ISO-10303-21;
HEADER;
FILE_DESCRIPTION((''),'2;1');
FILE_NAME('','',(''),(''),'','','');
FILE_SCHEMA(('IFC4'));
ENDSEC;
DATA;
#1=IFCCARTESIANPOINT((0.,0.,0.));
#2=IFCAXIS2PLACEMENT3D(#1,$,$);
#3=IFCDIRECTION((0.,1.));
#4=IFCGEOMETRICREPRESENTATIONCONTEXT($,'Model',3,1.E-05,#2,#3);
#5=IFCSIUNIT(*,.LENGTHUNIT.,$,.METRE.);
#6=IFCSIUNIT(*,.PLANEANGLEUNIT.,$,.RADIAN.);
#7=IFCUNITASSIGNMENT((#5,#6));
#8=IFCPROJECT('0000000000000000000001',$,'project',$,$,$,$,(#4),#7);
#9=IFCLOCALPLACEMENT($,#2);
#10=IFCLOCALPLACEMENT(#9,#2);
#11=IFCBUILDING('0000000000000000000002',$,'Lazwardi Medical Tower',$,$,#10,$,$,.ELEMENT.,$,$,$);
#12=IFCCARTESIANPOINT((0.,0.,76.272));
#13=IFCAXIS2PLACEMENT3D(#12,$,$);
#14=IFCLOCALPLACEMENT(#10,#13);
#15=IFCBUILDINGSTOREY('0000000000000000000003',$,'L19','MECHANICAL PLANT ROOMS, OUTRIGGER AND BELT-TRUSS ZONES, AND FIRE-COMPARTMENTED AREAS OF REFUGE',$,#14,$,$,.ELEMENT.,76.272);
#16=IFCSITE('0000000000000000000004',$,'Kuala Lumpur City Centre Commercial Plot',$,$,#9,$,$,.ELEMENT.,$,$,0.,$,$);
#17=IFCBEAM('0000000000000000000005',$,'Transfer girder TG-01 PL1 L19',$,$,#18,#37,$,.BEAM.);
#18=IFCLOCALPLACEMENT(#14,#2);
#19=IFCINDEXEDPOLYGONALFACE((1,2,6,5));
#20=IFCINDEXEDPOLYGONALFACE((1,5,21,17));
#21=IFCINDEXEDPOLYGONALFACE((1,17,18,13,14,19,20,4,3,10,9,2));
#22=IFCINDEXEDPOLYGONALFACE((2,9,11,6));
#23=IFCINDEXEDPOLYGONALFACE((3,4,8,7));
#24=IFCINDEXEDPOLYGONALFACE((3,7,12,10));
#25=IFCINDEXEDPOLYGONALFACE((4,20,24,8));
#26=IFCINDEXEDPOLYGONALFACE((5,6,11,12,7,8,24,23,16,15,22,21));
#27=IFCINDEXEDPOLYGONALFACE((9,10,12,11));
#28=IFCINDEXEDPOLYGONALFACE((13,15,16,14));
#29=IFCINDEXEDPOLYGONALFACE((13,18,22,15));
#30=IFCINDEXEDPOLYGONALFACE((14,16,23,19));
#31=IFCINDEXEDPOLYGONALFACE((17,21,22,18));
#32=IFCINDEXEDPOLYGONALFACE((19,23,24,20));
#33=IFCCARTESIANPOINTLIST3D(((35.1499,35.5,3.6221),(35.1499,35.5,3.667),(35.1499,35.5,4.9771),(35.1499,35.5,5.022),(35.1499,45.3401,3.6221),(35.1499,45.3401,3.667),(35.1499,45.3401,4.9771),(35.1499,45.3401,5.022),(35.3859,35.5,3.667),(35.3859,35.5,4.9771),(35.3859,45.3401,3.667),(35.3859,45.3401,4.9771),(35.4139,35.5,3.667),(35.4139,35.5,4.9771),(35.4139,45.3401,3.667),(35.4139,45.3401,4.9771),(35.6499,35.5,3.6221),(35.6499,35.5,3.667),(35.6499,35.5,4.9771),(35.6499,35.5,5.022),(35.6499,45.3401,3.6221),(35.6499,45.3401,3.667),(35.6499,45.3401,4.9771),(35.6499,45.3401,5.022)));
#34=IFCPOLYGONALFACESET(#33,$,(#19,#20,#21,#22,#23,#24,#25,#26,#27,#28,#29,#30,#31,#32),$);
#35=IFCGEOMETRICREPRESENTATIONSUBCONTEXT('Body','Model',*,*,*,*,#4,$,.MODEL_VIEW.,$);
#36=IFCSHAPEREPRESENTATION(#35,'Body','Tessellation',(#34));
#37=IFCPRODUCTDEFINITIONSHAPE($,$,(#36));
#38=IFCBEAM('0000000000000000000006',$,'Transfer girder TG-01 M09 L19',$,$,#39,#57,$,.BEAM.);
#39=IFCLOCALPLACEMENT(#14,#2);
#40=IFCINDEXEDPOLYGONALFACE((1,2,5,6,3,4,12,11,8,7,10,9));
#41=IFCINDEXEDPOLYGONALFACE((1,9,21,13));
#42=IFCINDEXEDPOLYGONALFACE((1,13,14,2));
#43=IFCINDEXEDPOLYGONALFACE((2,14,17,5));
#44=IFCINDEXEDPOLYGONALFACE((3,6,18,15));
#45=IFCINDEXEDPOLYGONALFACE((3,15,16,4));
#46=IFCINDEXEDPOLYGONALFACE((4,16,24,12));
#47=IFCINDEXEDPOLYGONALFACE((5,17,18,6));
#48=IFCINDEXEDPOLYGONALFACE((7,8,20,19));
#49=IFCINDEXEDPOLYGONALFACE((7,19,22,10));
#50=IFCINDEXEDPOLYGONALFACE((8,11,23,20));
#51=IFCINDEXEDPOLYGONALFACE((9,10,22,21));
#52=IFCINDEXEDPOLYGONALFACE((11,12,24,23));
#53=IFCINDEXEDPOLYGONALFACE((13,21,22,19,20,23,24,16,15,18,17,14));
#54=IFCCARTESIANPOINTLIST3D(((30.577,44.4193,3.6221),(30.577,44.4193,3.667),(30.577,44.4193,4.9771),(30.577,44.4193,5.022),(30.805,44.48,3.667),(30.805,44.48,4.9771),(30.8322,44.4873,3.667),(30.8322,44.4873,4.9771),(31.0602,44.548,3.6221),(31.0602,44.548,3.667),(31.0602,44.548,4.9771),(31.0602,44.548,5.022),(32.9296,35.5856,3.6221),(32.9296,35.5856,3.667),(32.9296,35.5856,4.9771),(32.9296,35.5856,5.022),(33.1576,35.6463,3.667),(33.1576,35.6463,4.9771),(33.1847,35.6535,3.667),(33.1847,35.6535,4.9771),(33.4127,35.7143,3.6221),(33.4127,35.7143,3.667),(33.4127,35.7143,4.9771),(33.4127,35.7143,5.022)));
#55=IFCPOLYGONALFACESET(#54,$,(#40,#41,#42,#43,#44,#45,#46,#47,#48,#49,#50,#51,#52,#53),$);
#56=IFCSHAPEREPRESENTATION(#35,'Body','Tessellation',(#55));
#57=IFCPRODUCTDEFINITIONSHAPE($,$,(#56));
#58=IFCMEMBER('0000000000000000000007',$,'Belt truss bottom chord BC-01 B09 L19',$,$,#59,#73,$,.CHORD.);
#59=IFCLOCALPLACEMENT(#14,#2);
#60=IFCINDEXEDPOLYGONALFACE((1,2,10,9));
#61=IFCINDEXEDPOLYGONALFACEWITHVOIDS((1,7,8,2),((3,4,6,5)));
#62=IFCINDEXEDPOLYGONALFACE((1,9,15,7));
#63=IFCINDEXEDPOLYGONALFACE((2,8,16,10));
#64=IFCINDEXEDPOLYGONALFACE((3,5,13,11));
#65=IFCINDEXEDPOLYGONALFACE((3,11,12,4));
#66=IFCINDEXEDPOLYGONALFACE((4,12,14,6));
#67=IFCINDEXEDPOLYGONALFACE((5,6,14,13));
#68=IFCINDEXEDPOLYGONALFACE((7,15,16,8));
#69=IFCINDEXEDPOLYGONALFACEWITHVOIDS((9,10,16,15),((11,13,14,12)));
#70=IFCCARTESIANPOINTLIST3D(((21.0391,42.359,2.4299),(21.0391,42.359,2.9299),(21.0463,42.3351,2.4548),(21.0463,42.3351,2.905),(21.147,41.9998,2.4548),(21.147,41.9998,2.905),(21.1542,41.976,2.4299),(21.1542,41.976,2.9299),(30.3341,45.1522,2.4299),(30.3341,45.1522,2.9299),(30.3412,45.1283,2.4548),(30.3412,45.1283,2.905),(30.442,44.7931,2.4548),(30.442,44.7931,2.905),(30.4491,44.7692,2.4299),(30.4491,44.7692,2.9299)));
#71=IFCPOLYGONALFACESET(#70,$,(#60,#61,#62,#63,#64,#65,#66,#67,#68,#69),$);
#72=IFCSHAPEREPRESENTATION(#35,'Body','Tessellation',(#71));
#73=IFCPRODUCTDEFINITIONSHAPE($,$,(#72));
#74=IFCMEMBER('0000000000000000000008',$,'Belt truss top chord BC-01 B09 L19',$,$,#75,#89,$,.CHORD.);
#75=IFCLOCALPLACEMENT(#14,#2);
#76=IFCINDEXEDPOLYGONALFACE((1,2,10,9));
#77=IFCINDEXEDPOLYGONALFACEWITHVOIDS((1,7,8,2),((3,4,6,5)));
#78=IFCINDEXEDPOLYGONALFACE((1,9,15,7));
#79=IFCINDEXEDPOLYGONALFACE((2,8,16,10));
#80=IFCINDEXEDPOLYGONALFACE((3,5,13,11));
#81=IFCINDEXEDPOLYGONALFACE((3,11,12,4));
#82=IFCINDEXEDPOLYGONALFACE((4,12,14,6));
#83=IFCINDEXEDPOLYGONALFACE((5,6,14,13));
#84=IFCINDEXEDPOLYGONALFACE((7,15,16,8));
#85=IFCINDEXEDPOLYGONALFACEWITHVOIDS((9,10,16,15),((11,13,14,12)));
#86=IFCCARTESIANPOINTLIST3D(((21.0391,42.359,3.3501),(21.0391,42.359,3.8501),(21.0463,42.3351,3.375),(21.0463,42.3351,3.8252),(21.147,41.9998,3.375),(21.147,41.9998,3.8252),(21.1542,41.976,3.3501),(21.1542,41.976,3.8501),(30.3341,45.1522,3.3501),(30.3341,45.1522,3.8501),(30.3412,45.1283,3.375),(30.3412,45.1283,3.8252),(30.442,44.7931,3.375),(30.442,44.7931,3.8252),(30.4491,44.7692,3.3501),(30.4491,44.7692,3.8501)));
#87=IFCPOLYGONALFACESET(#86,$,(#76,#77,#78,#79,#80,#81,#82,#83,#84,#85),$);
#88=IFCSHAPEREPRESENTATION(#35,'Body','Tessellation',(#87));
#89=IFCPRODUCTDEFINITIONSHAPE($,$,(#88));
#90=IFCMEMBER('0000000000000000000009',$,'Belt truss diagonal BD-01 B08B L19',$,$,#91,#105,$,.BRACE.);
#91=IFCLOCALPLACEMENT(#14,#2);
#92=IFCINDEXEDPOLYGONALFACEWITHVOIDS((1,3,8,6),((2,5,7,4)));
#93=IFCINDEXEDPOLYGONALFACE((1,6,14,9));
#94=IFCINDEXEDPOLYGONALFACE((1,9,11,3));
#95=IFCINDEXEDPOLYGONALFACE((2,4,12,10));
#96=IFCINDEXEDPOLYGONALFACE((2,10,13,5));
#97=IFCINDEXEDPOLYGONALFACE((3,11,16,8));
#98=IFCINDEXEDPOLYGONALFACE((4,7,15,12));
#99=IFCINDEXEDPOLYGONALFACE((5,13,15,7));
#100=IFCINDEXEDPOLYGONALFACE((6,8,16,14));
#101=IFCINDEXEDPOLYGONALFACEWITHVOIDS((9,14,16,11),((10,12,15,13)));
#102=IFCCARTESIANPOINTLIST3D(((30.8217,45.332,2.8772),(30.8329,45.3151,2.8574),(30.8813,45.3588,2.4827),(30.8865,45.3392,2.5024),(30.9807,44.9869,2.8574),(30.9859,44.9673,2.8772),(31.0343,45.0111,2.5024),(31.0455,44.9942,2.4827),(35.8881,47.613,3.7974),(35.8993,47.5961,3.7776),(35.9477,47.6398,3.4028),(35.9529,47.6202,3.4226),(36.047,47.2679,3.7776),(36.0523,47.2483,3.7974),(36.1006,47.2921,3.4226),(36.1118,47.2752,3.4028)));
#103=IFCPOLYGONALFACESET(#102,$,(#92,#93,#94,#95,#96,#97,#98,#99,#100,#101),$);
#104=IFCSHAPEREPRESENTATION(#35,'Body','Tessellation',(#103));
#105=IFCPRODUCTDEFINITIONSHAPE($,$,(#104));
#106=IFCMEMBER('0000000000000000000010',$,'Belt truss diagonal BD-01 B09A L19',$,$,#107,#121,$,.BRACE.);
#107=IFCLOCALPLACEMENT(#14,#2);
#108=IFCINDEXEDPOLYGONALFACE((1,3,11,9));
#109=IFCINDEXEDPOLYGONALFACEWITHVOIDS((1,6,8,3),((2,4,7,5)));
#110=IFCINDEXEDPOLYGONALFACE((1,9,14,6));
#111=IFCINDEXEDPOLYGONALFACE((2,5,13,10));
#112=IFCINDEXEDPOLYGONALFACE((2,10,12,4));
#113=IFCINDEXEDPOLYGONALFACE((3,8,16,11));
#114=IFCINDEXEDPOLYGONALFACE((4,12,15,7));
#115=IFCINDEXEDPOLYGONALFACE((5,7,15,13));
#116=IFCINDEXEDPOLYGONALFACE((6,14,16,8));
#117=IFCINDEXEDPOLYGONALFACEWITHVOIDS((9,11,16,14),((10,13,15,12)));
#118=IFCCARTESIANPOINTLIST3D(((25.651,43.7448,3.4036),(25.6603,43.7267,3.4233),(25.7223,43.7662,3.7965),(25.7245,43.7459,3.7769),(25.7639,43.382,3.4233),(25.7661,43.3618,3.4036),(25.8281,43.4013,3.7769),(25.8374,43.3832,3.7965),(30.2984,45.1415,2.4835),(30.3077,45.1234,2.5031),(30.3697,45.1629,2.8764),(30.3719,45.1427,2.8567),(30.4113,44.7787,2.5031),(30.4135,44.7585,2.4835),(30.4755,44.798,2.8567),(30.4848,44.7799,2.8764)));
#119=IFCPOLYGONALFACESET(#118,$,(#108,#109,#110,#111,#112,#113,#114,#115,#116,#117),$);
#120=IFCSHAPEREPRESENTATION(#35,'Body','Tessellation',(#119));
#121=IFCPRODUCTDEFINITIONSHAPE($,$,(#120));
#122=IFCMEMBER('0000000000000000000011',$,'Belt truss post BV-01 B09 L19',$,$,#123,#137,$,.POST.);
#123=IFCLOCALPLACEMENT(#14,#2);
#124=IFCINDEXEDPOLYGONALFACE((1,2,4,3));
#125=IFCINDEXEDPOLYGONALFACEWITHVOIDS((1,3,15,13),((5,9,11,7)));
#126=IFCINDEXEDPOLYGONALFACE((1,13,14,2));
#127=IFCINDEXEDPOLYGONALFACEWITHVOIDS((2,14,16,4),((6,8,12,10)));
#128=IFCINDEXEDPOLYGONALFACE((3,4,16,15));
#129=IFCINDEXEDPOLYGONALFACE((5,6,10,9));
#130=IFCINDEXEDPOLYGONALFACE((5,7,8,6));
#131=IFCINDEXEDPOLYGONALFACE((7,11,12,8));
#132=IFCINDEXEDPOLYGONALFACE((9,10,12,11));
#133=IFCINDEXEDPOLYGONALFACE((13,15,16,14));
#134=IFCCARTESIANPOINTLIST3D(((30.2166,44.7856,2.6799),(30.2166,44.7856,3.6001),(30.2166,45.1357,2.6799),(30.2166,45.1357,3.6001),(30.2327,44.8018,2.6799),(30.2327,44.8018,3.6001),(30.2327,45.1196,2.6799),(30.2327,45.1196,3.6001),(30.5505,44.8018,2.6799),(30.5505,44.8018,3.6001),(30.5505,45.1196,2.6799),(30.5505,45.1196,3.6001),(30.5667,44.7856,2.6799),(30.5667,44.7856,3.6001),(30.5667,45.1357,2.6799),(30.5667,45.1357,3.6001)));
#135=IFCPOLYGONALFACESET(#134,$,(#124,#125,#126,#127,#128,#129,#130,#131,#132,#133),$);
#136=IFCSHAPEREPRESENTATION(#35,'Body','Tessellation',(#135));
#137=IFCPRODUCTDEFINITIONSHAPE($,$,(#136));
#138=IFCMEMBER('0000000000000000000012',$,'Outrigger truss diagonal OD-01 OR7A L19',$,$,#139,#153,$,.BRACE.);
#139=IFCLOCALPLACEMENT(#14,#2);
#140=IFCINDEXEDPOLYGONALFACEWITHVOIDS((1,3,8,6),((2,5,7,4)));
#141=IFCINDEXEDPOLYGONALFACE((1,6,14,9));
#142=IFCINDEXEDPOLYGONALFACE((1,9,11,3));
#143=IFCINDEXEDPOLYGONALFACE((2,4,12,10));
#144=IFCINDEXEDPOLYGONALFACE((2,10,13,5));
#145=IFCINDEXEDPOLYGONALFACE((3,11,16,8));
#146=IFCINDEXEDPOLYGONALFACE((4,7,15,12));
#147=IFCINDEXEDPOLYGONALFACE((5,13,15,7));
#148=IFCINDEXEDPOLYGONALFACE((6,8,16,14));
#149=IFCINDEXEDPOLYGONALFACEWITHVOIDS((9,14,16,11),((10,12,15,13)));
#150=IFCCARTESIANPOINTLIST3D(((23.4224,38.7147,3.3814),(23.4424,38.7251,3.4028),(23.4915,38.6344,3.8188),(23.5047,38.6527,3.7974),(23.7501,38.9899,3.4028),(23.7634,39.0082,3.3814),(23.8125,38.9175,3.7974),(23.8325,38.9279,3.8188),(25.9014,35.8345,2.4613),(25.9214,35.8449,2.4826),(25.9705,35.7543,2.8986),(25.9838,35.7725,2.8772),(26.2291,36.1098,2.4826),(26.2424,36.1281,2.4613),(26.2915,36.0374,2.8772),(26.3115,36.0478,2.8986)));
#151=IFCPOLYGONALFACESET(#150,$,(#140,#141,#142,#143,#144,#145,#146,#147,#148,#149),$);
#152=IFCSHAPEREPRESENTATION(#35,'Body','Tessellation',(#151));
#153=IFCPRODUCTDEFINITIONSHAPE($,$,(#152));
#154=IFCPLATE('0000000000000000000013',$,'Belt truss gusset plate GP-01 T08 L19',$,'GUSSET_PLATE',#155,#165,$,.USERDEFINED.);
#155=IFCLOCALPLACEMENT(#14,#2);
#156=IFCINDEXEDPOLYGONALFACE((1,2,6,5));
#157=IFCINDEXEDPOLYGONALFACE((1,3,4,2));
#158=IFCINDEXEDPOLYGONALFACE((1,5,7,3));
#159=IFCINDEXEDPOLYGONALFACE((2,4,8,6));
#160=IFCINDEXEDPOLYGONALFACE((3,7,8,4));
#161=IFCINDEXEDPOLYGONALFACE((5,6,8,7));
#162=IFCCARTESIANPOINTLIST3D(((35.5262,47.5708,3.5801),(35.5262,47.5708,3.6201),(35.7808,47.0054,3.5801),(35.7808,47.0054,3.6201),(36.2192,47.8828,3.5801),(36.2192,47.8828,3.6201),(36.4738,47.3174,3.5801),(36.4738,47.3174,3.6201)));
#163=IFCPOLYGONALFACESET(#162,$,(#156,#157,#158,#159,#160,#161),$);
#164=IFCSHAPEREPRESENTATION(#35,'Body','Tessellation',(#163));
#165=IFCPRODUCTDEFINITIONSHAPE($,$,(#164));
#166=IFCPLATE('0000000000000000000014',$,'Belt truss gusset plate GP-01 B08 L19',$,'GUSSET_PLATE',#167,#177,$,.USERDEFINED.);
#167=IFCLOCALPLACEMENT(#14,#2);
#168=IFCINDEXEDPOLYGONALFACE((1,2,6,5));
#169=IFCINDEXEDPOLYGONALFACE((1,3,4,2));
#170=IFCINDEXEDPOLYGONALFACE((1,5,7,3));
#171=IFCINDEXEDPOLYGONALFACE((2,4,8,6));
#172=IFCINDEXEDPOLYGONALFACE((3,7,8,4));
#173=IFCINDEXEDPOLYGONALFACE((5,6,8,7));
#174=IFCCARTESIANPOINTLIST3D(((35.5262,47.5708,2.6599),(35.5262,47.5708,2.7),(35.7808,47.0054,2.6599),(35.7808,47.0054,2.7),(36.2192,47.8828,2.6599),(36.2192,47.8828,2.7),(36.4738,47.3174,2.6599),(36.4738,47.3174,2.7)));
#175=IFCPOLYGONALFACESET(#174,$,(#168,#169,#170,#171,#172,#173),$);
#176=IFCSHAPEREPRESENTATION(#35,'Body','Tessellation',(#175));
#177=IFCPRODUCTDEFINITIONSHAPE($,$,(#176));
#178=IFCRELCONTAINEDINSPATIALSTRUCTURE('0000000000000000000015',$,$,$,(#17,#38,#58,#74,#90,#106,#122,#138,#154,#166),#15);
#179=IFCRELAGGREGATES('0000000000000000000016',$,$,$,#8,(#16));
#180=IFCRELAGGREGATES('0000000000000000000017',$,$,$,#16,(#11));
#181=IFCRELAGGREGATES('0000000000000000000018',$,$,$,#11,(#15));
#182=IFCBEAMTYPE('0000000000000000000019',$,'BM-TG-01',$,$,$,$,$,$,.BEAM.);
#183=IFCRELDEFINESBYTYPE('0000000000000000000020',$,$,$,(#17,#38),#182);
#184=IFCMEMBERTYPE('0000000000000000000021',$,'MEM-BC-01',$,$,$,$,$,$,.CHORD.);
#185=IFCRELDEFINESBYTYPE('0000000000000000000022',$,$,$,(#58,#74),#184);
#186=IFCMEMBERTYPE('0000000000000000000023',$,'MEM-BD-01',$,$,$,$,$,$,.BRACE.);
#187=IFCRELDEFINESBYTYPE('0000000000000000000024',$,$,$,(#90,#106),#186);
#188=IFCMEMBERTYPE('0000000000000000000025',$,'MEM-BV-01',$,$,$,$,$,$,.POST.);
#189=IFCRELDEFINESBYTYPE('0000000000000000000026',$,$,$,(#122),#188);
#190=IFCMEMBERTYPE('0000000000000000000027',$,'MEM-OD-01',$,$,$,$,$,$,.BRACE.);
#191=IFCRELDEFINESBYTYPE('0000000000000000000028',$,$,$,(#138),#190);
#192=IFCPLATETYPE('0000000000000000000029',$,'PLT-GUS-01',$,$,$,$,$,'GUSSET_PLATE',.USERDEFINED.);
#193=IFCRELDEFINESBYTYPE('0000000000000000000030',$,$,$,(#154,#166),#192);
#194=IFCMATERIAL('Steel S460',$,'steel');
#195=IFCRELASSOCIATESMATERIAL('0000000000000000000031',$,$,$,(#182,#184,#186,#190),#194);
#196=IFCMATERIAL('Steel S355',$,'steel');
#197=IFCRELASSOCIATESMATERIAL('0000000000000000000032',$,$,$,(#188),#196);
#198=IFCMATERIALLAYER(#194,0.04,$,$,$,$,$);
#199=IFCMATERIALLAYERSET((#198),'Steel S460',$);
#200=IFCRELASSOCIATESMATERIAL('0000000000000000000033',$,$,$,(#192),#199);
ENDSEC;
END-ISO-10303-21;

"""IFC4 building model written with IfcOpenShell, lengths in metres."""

from ifc_helpers import new_model, si_unit, direction, frame, origin, origin_2d, place, context, subcontext, project, spatial, rectangle, hollow_rectangle, i_section, extrude, material, layer, layer_set, material_profile, profile_set, type_object, element, save


model = new_model("IFC4")

# Units and contexts
model_context = context("Model", 3, precision=1e-05, world=origin(), true_north=direction((0.0, 1.0)))
body_context = subcontext(model_context, "Body", "Model", "MODEL_VIEW")
ifc_project = project(units=[si_unit("LENGTHUNIT", "METRE"), si_unit("PLANEANGLEUNIT", "RADIAN")], contexts=[model_context])

# Site, building, storey
site_placement = place(None, origin())
site = spatial("IfcSite", under=ifc_project, at=site_placement, Name="Kuala Lumpur City Centre Commercial Plot", CompositionType="ELEMENT", RefElevation=0.0)
building_placement = place(site_placement, origin())
building = spatial("IfcBuilding", under=site, at=building_placement, Name="Lazwardi Medical Tower", CompositionType="ELEMENT")
storey_placement = place(building_placement, frame((0.0, 0.0, 76.272)))
storey = spatial("IfcBuildingStorey", under=building, at=storey_placement, Name="L19", Description="MECHANICAL PLANT ROOMS, OUTRIGGER AND BELT-TRUSS ZONES, AND FIRE-COMPARTMENTED AREAS OF REFUGE", CompositionType="ELEMENT", Elevation=76.272)

# Beams
ifc_material_1 = material(Name="Steel S355", Category="steel")
ifc_material_2 = material(Name="Steel S460", Category="steel")
ifc_material_profile_1 = material_profile(ifc_material_2, i_section(OverallWidth=0.5, OverallDepth=1.3999, WebThickness=0.0281, FlangeThickness=0.0449, at=origin_2d()), Name="PG 1400x500")
ifc_profile_set_1 = profile_set([ifc_material_profile_1], Name="Steel S460")
beam_type_1 = type_object("IfcBeamType", Name="BM-TG-01", PredefinedType="BEAM", material=ifc_profile_set_1)
beam_1_placement = place(storey_placement, frame((35.3999, 45.3401, 4.322), z_axis=(0.0, -1.0, 0.0), x_axis=(1.0, 0.0, 0.0)))
element("IfcBeam", 1, at=beam_1_placement, inside=storey, type_object=beam_type_1, Name="Transfer girder TG-01 PL1 L19", PredefinedType="BEAM", context=body_context, shape_type="SweptSolid", body=[
    extrude(i_section(OverallWidth=0.5, OverallDepth=1.3999, WebThickness=0.0281, FlangeThickness=0.0449, at=origin_2d()), origin(), (0.0, 0.0, 1.0), 9.8401),
])
beam_2_placement = place(storey_placement, frame((30.8186, 44.4836, 4.322), z_axis=(0.257343, -0.96632, 0.0), x_axis=(0.96632, 0.257343, 0.0)))
element("IfcBeam", 2, at=beam_2_placement, inside=storey, type_object=beam_type_1, Name="Transfer girder TG-01 M09 L19", PredefinedType="BEAM", context=body_context, shape_type="SweptSolid", body=[
    extrude(i_section(OverallWidth=0.5, OverallDepth=1.3999, WebThickness=0.0281, FlangeThickness=0.0449, at=origin_2d()), origin(), (0.0, 0.0, 1.0), 9.1416),
])

# Members
ifc_material_profile_2 = material_profile(ifc_material_2, hollow_rectangle(XDim=0.3999, YDim=0.5, WallThickness=0.0249, at=origin_2d()), Name="RHS 500x400x25")
ifc_profile_set_2 = profile_set([ifc_material_profile_2], Name="Steel S460")
member_type_1 = type_object("IfcMemberType", Name="MEM-BC-01", PredefinedType="CHORD", material=ifc_profile_set_2)
for number, where, z_axis, x_axis, name in (
    (3, (30.3916, 44.9607, 2.6799), (-0.957692, -0.287796, 0.0), (0.287796, -0.957692, 0.0), "Belt truss bottom chord BC-01 B09 L19"),
    (4, (30.3916, 44.9607, 3.6001), (-0.957692, -0.287796, 0.0), (0.287796, -0.957692, 0.0), "Belt truss top chord BC-01 B09 L19"),
):
    element("IfcMember", number, at=place(storey_placement, frame(where, z_axis=z_axis, x_axis=x_axis)), inside=storey, type_object=member_type_1, Name=name, PredefinedType="CHORD", context=body_context, shape_type="SweptSolid", body=[
        extrude(hollow_rectangle(XDim=0.3999, YDim=0.5, WallThickness=0.0249, at=origin_2d()), origin(), (0.0, 0.0, 1.0), 9.7056),
    ])
ifc_material_profile_3 = material_profile(ifc_material_2, hollow_rectangle(XDim=0.3999, YDim=0.3999, WallThickness=0.02, at=origin_2d()), Name="RHS 400x400x20")
ifc_profile_set_3 = profile_set([ifc_material_profile_3], Name="Steel S460")
member_type_2 = type_object("IfcMemberType", Name="MEM-BD-01", PredefinedType="BRACE", material=ifc_profile_set_3)
member_1_placement = place(storey_placement, frame((30.9336, 45.1631, 2.6799), z_axis=(0.899593, 0.405016, 0.163385), x_axis=(-0.410533, 0.911846, 0.0)))
element("IfcMember", 5, at=member_1_placement, inside=storey, type_object=member_type_2, Name="Belt truss diagonal BD-01 B08B L19", PredefinedType="BRACE", context=body_context, shape_type="SweptSolid", body=[
    extrude(hollow_rectangle(XDim=0.3999, YDim=0.3999, WallThickness=0.02, at=origin_2d()), origin(), (0.0, 0.0, 1.0), 5.6318),
])
member_2_placement = place(storey_placement, frame((30.3916, 44.9607, 2.6799), z_axis=(-0.940919, -0.28278, 0.186296), x_axis=(0.287819, -0.957685, 0.0)))
element("IfcMember", 6, at=member_2_placement, inside=storey, type_object=member_type_2, Name="Belt truss diagonal BD-01 B09A L19", PredefinedType="BRACE", context=body_context, shape_type="SweptSolid", body=[
    extrude(hollow_rectangle(XDim=0.3999, YDim=0.3999, WallThickness=0.02, at=origin_2d()), origin(), (0.0, 0.0, 1.0), 4.9392),
])
ifc_material_profile_4 = material_profile(ifc_material_1, hollow_rectangle(XDim=0.3501, YDim=0.3501, WallThickness=0.0161, at=origin_2d()), Name="RHS 350x350x16")
ifc_profile_set_4 = profile_set([ifc_material_profile_4], Name="Steel S355")
member_type_3 = type_object("IfcMemberType", Name="MEM-BV-01", PredefinedType="POST", material=ifc_profile_set_4)
member_3_placement = place(storey_placement, frame((30.3916, 44.9607, 2.6799), z_axis=(0.0, 0.0, 1.0), x_axis=(1.0, 0.0, 0.0)))
element("IfcMember", 7, at=member_3_placement, inside=storey, type_object=member_type_3, Name="Belt truss post BV-01 B09 L19", PredefinedType="POST", context=body_context, shape_type="SweptSolid", body=[
    extrude(hollow_rectangle(XDim=0.3501, YDim=0.3501, WallThickness=0.0161, at=origin_2d()), origin(), (0.0, 0.0, 1.0), 0.9202),
])
ifc_material_profile_5 = material_profile(ifc_material_2, hollow_rectangle(XDim=0.45, YDim=0.45, WallThickness=0.022, at=origin_2d()), Name="RHS 450x450x22")
ifc_profile_set_5 = profile_set([ifc_material_profile_5], Name="Steel S460")
member_type_4 = type_object("IfcMemberType", Name="MEM-OD-01", PredefinedType="BRACE", material=ifc_profile_set_5)
member_4_placement = place(storey_placement, frame((26.1064, 35.9412, 2.6799), z_axis=(-0.634033, 0.736625, 0.235343), x_axis=(-0.757913, -0.652356, 0.0)))
element("IfcMember", 8, at=member_4_placement, inside=storey, type_object=member_type_4, Name="Outrigger truss diagonal OD-01 OR7A L19", PredefinedType="BRACE", context=body_context, shape_type="SweptSolid", body=[
    extrude(hollow_rectangle(XDim=0.45, YDim=0.45, WallThickness=0.022, at=origin_2d()), origin(), (0.0, 0.0, 1.0), 3.9099),
])

# Plates
ifc_layer_1 = layer(ifc_material_2, 0.04)
ifc_layer_set_1 = layer_set([ifc_layer_1], Name="Steel S460")
plate_type = type_object("IfcPlateType", Name="PLT-GUS-01", ElementType="GUSSET_PLATE", PredefinedType="USERDEFINED", material=ifc_layer_set_1)
for number, where, z_axis, x_axis, name in (
    (9, (36.0, 47.4441, 3.5801), (0.0, 0.0, 1.0), (-0.911834, -0.41056, 0.0), "Belt truss gusset plate GP-01 T08 L19"),
    (10, (36.0, 47.4441, 2.6599), (0.0, 0.0, 1.0), (-0.911834, -0.41056, 0.0), "Belt truss gusset plate GP-01 B08 L19"),
):
    element("IfcPlate", number, at=place(storey_placement, frame(where, z_axis=z_axis, x_axis=x_axis)), inside=storey, type_object=plate_type, Name=name, ObjectType="GUSSET_PLATE", PredefinedType="USERDEFINED", context=body_context, shape_type="SweptSolid", body=[
        extrude(rectangle(XDim=0.76, YDim=0.6201, at=origin_2d()), origin(), (0.0, 0.0, 1.0), 0.04),
    ])

save(model, "model.ifc")
